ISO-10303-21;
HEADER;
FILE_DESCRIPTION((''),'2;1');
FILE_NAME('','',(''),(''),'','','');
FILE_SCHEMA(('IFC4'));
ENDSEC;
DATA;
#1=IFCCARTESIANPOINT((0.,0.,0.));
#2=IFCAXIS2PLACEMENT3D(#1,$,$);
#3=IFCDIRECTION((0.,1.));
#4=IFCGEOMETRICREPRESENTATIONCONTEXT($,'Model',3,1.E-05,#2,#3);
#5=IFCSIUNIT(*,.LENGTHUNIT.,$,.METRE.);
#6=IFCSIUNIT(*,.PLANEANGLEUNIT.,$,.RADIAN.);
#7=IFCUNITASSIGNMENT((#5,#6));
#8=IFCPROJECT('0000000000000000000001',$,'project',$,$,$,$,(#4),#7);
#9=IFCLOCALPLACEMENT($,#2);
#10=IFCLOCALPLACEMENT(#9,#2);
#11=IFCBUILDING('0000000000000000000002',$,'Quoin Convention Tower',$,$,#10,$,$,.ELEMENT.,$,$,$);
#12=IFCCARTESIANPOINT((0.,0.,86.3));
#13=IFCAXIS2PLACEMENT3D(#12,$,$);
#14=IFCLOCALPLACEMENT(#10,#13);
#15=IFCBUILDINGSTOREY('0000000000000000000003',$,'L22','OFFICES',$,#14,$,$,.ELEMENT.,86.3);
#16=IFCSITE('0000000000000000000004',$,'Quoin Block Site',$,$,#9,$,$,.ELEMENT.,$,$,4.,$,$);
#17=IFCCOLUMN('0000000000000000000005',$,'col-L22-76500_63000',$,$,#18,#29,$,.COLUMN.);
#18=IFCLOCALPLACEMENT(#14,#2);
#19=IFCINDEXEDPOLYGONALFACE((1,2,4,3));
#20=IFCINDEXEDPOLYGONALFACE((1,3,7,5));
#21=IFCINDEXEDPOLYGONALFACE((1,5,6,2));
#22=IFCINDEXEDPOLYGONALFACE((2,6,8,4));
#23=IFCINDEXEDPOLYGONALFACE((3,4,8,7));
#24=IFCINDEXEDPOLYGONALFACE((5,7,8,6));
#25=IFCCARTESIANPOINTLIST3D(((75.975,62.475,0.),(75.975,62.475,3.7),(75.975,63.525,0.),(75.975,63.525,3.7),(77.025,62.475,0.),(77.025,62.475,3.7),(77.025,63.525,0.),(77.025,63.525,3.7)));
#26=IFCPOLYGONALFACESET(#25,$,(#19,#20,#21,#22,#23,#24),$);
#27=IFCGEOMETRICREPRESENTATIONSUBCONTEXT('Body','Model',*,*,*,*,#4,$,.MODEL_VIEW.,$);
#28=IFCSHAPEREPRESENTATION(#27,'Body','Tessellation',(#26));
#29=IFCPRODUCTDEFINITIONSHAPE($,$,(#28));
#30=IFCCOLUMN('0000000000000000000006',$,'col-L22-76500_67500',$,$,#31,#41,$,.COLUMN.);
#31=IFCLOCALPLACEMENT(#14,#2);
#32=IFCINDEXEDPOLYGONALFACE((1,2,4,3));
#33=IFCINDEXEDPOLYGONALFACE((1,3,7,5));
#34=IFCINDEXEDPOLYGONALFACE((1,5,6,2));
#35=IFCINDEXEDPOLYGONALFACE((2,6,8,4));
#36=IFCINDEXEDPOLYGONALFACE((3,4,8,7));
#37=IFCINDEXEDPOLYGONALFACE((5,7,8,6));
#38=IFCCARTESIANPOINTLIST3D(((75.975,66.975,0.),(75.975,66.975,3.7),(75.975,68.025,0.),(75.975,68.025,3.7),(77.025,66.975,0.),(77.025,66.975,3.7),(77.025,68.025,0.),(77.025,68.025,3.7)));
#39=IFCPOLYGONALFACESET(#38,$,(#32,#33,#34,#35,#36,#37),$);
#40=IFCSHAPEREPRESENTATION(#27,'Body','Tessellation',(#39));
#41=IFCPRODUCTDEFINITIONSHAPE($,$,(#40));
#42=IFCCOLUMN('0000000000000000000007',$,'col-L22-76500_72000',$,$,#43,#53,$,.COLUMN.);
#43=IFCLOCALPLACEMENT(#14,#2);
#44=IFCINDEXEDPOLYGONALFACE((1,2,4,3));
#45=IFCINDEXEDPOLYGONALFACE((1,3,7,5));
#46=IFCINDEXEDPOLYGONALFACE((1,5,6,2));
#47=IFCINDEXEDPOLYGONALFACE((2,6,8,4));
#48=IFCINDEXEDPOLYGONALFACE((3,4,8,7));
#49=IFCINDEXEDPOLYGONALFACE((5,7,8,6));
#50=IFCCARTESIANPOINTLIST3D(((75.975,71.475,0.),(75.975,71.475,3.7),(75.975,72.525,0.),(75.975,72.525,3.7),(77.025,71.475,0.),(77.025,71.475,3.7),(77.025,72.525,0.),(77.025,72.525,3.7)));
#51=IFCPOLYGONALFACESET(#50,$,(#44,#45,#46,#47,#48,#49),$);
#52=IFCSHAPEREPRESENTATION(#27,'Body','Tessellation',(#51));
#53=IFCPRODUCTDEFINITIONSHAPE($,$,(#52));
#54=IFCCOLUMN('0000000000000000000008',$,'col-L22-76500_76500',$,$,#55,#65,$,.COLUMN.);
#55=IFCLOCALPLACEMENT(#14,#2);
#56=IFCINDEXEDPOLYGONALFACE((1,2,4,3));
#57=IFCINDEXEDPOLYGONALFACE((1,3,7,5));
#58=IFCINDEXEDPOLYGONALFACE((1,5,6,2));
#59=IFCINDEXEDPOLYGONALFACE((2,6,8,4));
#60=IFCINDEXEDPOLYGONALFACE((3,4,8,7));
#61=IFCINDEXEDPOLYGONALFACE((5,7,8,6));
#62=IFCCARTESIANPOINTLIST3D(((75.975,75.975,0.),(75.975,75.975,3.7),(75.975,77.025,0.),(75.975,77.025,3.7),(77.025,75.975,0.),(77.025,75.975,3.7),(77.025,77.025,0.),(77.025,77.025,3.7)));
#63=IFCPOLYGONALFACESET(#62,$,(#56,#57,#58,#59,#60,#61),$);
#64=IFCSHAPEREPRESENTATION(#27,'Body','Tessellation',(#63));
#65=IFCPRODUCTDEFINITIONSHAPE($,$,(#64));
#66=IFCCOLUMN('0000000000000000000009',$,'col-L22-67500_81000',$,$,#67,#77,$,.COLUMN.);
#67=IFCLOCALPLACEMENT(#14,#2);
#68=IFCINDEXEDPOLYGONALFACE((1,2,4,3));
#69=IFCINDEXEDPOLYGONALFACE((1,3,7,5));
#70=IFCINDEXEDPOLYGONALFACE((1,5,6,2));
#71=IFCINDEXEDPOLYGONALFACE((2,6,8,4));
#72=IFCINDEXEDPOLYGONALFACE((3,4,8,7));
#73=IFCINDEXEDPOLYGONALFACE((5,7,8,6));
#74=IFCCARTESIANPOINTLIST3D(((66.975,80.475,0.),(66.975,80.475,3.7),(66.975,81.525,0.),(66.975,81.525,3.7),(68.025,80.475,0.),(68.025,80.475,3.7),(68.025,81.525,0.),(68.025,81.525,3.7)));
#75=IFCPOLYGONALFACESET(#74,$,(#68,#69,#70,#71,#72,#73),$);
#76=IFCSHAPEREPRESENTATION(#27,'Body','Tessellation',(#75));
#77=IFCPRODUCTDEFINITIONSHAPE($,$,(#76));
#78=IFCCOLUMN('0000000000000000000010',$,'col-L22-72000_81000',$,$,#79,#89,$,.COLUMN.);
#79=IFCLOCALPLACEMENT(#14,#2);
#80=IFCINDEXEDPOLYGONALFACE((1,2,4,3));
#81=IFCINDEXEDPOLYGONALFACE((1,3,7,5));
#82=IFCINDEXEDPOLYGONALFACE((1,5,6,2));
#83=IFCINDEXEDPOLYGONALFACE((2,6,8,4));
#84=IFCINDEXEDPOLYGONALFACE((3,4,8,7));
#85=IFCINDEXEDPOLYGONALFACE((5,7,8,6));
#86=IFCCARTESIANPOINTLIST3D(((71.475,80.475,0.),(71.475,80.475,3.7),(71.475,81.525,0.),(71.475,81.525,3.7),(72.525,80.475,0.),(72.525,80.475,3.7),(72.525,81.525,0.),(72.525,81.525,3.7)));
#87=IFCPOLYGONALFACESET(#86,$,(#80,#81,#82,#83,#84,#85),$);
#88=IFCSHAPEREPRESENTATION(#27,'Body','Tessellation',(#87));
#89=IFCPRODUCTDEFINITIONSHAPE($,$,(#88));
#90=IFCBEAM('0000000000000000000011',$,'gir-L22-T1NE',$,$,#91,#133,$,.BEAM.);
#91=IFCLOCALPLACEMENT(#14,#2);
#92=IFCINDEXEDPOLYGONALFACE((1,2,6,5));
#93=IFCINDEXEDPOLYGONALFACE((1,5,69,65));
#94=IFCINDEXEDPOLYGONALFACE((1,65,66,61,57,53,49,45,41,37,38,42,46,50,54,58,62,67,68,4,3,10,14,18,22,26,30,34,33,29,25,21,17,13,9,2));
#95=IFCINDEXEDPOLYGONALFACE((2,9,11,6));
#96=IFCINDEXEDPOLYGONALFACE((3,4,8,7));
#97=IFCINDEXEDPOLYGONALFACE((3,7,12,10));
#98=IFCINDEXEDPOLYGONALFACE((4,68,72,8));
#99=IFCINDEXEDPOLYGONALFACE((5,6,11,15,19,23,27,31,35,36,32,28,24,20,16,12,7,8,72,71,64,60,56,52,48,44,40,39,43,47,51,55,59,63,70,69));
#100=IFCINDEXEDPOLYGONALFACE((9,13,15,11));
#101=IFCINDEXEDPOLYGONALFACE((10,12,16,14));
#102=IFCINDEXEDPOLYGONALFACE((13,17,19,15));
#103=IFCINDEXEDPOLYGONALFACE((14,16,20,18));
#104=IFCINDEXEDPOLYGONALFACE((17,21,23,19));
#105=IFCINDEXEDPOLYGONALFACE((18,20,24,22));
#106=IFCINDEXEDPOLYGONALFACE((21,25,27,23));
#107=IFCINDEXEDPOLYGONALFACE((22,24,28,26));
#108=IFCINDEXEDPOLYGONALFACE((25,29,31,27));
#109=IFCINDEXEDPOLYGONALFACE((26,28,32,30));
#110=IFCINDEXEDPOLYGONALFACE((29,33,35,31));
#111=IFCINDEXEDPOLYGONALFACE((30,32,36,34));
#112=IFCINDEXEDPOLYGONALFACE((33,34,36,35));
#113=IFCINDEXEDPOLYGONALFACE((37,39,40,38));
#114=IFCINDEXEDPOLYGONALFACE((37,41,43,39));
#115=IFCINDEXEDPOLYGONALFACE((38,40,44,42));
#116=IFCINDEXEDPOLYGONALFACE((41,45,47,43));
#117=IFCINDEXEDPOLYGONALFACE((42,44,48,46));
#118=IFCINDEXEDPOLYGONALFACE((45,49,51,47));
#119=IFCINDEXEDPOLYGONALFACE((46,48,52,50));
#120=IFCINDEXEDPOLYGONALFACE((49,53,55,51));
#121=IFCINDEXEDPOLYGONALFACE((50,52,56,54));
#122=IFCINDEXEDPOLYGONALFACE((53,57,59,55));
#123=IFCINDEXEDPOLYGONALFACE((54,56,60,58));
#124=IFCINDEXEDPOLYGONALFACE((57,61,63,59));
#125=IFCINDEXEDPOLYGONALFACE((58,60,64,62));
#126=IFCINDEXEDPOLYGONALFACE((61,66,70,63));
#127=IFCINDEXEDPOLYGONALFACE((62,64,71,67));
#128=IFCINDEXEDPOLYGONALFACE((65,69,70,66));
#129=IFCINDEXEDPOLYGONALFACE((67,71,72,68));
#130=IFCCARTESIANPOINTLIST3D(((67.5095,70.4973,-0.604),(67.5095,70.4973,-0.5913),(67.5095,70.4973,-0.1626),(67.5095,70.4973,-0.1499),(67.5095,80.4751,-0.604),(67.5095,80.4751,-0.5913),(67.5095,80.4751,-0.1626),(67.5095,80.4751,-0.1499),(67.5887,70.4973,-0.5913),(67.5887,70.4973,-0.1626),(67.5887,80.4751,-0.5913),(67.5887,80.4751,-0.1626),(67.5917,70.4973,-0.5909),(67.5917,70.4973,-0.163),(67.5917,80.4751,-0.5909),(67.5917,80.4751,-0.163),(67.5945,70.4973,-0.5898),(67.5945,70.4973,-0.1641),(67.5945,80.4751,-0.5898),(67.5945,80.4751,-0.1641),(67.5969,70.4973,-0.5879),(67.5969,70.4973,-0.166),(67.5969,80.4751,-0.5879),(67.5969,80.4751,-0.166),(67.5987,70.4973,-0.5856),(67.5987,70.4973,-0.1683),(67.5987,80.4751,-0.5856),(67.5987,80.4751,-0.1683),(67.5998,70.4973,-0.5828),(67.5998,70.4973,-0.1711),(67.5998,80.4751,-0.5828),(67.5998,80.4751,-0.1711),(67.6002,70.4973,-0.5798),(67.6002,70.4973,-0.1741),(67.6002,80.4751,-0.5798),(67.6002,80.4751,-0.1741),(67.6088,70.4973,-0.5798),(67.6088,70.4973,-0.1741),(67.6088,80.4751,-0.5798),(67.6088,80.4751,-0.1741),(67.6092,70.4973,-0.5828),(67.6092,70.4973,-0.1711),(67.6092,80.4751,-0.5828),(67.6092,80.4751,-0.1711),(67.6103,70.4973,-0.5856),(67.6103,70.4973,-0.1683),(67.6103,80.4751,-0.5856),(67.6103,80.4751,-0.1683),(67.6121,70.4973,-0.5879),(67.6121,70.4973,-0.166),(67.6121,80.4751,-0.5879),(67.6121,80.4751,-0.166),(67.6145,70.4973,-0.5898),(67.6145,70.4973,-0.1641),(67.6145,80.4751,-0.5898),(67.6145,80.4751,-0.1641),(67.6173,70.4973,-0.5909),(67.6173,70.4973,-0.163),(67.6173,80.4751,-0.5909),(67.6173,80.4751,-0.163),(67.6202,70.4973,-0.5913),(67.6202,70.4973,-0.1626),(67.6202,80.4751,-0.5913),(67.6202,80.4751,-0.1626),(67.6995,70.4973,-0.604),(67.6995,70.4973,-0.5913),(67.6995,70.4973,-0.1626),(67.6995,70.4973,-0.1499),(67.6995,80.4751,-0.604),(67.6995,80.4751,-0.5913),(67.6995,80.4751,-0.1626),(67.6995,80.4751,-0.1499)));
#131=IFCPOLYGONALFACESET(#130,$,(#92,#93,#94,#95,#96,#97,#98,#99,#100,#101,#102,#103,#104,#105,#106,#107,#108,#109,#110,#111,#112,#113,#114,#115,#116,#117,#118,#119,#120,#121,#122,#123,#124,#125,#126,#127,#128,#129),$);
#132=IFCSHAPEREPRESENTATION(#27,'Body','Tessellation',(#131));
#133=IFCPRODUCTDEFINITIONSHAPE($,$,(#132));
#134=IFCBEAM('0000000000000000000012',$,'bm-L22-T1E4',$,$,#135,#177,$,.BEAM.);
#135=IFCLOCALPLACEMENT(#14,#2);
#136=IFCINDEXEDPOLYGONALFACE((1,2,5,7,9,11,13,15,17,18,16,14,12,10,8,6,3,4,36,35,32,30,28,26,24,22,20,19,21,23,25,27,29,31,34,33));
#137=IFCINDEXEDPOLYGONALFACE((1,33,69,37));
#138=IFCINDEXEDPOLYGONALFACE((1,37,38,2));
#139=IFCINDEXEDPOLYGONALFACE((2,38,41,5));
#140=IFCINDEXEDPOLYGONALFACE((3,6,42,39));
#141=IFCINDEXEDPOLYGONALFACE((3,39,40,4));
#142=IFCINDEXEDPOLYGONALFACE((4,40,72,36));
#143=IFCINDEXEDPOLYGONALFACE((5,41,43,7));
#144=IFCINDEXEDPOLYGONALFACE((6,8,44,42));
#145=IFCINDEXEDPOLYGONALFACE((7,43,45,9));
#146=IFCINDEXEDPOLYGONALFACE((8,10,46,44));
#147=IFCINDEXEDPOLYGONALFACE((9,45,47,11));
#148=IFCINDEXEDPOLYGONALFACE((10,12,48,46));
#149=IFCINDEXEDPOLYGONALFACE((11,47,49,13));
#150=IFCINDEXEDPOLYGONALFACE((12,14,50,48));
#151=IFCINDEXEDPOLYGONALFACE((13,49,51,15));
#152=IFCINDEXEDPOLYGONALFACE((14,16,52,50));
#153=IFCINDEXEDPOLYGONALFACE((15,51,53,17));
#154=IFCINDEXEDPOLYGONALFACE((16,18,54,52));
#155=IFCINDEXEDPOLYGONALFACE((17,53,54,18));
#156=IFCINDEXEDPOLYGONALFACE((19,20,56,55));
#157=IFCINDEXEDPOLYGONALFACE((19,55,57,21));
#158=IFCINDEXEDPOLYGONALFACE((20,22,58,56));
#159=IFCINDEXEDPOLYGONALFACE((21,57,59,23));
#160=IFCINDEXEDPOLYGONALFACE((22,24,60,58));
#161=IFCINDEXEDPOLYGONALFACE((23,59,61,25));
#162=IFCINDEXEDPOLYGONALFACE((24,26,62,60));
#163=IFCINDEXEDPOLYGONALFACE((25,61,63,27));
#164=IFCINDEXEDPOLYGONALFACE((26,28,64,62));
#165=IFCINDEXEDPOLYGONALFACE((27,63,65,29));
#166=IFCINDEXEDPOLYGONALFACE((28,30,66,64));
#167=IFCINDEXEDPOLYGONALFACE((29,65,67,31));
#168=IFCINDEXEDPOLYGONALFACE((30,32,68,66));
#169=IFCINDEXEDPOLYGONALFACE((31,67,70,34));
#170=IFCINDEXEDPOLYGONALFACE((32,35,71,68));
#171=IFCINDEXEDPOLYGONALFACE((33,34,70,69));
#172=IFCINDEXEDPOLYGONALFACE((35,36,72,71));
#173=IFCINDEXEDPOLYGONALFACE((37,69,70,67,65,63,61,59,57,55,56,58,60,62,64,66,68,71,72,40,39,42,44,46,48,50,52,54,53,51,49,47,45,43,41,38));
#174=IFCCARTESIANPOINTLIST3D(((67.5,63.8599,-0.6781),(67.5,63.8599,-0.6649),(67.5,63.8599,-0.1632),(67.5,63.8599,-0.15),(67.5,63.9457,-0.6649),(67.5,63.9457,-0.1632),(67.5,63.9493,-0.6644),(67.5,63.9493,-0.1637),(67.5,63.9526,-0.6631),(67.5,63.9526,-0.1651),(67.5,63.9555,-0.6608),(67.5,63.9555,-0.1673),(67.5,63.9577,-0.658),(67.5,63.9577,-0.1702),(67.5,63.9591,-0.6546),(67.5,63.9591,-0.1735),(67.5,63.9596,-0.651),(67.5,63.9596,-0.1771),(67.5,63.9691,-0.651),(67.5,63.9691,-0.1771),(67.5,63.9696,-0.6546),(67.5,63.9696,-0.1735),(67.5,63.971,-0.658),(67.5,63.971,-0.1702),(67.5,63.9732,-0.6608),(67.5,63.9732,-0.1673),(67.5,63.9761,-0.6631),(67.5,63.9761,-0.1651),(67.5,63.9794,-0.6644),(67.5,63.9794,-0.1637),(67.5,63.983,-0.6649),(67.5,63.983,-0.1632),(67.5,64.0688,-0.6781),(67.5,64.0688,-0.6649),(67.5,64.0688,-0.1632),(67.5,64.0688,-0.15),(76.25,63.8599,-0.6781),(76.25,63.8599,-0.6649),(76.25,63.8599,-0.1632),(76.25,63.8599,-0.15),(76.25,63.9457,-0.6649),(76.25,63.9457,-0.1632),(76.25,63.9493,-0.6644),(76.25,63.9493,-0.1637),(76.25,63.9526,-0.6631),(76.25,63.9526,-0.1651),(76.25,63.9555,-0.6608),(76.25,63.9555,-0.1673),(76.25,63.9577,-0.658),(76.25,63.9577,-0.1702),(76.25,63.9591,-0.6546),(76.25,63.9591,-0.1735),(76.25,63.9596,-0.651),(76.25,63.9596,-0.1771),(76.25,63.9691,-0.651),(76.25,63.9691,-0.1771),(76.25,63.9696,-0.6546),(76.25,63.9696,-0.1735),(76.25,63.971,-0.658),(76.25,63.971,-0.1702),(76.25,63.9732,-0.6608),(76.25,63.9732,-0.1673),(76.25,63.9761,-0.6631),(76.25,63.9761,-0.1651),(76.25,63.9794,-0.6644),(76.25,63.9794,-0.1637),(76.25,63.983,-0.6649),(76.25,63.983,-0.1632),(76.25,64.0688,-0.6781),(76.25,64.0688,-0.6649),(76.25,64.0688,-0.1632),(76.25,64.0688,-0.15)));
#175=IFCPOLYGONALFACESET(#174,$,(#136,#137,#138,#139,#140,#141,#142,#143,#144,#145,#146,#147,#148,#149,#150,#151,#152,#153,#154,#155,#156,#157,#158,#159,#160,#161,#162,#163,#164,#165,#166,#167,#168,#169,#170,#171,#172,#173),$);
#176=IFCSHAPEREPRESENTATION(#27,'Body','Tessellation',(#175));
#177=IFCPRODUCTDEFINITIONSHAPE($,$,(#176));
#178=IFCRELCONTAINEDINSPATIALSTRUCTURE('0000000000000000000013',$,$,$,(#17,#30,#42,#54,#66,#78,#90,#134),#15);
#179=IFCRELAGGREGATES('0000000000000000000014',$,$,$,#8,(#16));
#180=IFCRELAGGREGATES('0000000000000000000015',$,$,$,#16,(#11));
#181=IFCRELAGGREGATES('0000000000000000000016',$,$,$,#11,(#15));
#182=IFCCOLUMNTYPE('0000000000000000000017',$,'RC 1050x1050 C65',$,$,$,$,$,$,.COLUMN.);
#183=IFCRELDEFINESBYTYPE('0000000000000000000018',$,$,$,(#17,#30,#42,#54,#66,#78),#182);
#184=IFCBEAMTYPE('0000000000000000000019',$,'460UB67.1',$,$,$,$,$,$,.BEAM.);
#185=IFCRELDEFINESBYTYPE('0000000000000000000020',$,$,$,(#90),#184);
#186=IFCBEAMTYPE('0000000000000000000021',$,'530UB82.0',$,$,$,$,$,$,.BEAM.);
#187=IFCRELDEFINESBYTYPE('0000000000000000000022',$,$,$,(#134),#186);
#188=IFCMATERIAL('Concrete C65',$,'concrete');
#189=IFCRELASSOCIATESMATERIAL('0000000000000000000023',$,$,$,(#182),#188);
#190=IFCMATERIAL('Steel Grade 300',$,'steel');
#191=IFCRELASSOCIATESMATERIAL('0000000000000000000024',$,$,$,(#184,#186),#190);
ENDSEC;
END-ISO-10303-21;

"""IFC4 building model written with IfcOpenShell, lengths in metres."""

from ifc_helpers import new_model, si_unit, direction, frame, origin, origin_2d, place, context, subcontext, project, spatial, rectangle, i_section, extrude, material, material_profile, profile_set, type_object, element, save


model = new_model("IFC4")

# Units and contexts
model_context = context("Model", 3, precision=1e-05, world=origin(), true_north=direction((0.0, 1.0)))
body_context = subcontext(model_context, "Body", "Model", "MODEL_VIEW")
ifc_project = project(units=[si_unit("LENGTHUNIT", "METRE"), si_unit("PLANEANGLEUNIT", "RADIAN")], contexts=[model_context])

# Site, building, storey
site_placement = place(None, origin())
site = spatial("IfcSite", under=ifc_project, at=site_placement, Name="Quoin Block Site", CompositionType="ELEMENT", RefElevation=4.0)
building_placement = place(site_placement, origin())
building = spatial("IfcBuilding", under=site, at=building_placement, Name="Quoin Convention Tower", CompositionType="ELEMENT")
storey_placement = place(building_placement, frame((0.0, 0.0, 86.3)))
storey = spatial("IfcBuildingStorey", under=building, at=storey_placement, Name="L22", Description="OFFICES", CompositionType="ELEMENT", Elevation=86.3)

# Columns
ifc_material_1 = material(Name="Concrete C65", Category="concrete")
ifc_material_profile_1 = material_profile(ifc_material_1, rectangle(XDim=1.05, YDim=1.05, at=origin_2d()), Name="RC 1050x1050")
ifc_profile_set_1 = profile_set([ifc_material_profile_1], Name="Concrete C65")
column_type = type_object("IfcColumnType", Name="RC 1050x1050 C65", PredefinedType="COLUMN", material=ifc_profile_set_1)
for number, where, z_axis, x_axis, name in (
    (1, (76.5, 63.0, 0.0), (0.0, 0.0, 1.0), (1.0, 0.0, 0.0), "col-L22-76500_63000"),
    (2, (76.5, 67.5, 0.0), (0.0, 0.0, 1.0), (1.0, 0.0, 0.0), "col-L22-76500_67500"),
    (3, (76.5, 72.0, 0.0), (0.0, 0.0, 1.0), (1.0, 0.0, 0.0), "col-L22-76500_72000"),
    (4, (76.5, 76.5, 0.0), (0.0, 0.0, 1.0), (1.0, 0.0, 0.0), "col-L22-76500_76500"),
    (5, (67.5, 81.0, 0.0), (0.0, 0.0, 1.0), (1.0, 0.0, 0.0), "col-L22-67500_81000"),
    (6, (72.0, 81.0, 0.0), (0.0, 0.0, 1.0), (1.0, 0.0, 0.0), "col-L22-72000_81000"),
):
    element("IfcColumn", number, at=place(storey_placement, frame(where, z_axis=z_axis, x_axis=x_axis)), inside=storey, type_object=column_type, Name=name, PredefinedType="COLUMN", context=body_context, shape_type="SweptSolid", body=[
        extrude(rectangle(XDim=1.05, YDim=1.05, at=origin_2d()), origin(), (0.0, 0.0, 1.0), 3.7),
    ])

# Beams
ifc_material_2 = material(Name="Steel Grade 300", Category="steel")
ifc_material_profile_2 = material_profile(ifc_material_2, i_section(OverallWidth=0.1899, OverallDepth=0.4541, WebThickness=0.0085, FlangeThickness=0.0127, FilletRadius=0.0115, at=origin_2d()), Name="460UB67.1")
ifc_profile_set_2 = profile_set([ifc_material_profile_2], Name="Steel Grade 300")
beam_type_1 = type_object("IfcBeamType", Name="460UB67.1", PredefinedType="BEAM", material=ifc_profile_set_2)
beam_1_placement = place(storey_placement, frame((67.6045, 80.4751, -0.377), z_axis=(0.0, -1.0, 0.0), x_axis=(1.0, 0.0, 0.0)))
element("IfcBeam", 7, at=beam_1_placement, inside=storey, type_object=beam_type_1, Name="gir-L22-T1NE", PredefinedType="BEAM", context=body_context, shape_type="SweptSolid", body=[
    extrude(i_section(OverallWidth=0.1899, OverallDepth=0.4541, WebThickness=0.0085, FlangeThickness=0.0127, FilletRadius=0.0115, at=origin_2d()), origin(), (0.0, 0.0, 1.0), 9.9778),
])
ifc_material_profile_3 = material_profile(ifc_material_2, i_section(OverallWidth=0.209, OverallDepth=0.5281, WebThickness=0.0095, FlangeThickness=0.0132, FilletRadius=0.0139, at=origin_2d()), Name="530UB82.0")
ifc_profile_set_3 = profile_set([ifc_material_profile_3], Name="Steel Grade 300")
beam_type_2 = type_object("IfcBeamType", Name="530UB82.0", PredefinedType="BEAM", material=ifc_profile_set_3)
beam_2_placement = place(storey_placement, frame((67.5, 63.9644, -0.4141), z_axis=(1.0, 0.0, 0.0), x_axis=(0.0, 1.0, 0.0)))
element("IfcBeam", 8, at=beam_2_placement, inside=storey, type_object=beam_type_2, Name="bm-L22-T1E4", PredefinedType="BEAM", context=body_context, shape_type="SweptSolid", body=[
    extrude(i_section(OverallWidth=0.209, OverallDepth=0.5281, WebThickness=0.0095, FlangeThickness=0.0132, FilletRadius=0.0139, at=origin_2d()), origin(), (0.0, 0.0, 1.0), 8.75),
])

save(model, "model.ifc")
